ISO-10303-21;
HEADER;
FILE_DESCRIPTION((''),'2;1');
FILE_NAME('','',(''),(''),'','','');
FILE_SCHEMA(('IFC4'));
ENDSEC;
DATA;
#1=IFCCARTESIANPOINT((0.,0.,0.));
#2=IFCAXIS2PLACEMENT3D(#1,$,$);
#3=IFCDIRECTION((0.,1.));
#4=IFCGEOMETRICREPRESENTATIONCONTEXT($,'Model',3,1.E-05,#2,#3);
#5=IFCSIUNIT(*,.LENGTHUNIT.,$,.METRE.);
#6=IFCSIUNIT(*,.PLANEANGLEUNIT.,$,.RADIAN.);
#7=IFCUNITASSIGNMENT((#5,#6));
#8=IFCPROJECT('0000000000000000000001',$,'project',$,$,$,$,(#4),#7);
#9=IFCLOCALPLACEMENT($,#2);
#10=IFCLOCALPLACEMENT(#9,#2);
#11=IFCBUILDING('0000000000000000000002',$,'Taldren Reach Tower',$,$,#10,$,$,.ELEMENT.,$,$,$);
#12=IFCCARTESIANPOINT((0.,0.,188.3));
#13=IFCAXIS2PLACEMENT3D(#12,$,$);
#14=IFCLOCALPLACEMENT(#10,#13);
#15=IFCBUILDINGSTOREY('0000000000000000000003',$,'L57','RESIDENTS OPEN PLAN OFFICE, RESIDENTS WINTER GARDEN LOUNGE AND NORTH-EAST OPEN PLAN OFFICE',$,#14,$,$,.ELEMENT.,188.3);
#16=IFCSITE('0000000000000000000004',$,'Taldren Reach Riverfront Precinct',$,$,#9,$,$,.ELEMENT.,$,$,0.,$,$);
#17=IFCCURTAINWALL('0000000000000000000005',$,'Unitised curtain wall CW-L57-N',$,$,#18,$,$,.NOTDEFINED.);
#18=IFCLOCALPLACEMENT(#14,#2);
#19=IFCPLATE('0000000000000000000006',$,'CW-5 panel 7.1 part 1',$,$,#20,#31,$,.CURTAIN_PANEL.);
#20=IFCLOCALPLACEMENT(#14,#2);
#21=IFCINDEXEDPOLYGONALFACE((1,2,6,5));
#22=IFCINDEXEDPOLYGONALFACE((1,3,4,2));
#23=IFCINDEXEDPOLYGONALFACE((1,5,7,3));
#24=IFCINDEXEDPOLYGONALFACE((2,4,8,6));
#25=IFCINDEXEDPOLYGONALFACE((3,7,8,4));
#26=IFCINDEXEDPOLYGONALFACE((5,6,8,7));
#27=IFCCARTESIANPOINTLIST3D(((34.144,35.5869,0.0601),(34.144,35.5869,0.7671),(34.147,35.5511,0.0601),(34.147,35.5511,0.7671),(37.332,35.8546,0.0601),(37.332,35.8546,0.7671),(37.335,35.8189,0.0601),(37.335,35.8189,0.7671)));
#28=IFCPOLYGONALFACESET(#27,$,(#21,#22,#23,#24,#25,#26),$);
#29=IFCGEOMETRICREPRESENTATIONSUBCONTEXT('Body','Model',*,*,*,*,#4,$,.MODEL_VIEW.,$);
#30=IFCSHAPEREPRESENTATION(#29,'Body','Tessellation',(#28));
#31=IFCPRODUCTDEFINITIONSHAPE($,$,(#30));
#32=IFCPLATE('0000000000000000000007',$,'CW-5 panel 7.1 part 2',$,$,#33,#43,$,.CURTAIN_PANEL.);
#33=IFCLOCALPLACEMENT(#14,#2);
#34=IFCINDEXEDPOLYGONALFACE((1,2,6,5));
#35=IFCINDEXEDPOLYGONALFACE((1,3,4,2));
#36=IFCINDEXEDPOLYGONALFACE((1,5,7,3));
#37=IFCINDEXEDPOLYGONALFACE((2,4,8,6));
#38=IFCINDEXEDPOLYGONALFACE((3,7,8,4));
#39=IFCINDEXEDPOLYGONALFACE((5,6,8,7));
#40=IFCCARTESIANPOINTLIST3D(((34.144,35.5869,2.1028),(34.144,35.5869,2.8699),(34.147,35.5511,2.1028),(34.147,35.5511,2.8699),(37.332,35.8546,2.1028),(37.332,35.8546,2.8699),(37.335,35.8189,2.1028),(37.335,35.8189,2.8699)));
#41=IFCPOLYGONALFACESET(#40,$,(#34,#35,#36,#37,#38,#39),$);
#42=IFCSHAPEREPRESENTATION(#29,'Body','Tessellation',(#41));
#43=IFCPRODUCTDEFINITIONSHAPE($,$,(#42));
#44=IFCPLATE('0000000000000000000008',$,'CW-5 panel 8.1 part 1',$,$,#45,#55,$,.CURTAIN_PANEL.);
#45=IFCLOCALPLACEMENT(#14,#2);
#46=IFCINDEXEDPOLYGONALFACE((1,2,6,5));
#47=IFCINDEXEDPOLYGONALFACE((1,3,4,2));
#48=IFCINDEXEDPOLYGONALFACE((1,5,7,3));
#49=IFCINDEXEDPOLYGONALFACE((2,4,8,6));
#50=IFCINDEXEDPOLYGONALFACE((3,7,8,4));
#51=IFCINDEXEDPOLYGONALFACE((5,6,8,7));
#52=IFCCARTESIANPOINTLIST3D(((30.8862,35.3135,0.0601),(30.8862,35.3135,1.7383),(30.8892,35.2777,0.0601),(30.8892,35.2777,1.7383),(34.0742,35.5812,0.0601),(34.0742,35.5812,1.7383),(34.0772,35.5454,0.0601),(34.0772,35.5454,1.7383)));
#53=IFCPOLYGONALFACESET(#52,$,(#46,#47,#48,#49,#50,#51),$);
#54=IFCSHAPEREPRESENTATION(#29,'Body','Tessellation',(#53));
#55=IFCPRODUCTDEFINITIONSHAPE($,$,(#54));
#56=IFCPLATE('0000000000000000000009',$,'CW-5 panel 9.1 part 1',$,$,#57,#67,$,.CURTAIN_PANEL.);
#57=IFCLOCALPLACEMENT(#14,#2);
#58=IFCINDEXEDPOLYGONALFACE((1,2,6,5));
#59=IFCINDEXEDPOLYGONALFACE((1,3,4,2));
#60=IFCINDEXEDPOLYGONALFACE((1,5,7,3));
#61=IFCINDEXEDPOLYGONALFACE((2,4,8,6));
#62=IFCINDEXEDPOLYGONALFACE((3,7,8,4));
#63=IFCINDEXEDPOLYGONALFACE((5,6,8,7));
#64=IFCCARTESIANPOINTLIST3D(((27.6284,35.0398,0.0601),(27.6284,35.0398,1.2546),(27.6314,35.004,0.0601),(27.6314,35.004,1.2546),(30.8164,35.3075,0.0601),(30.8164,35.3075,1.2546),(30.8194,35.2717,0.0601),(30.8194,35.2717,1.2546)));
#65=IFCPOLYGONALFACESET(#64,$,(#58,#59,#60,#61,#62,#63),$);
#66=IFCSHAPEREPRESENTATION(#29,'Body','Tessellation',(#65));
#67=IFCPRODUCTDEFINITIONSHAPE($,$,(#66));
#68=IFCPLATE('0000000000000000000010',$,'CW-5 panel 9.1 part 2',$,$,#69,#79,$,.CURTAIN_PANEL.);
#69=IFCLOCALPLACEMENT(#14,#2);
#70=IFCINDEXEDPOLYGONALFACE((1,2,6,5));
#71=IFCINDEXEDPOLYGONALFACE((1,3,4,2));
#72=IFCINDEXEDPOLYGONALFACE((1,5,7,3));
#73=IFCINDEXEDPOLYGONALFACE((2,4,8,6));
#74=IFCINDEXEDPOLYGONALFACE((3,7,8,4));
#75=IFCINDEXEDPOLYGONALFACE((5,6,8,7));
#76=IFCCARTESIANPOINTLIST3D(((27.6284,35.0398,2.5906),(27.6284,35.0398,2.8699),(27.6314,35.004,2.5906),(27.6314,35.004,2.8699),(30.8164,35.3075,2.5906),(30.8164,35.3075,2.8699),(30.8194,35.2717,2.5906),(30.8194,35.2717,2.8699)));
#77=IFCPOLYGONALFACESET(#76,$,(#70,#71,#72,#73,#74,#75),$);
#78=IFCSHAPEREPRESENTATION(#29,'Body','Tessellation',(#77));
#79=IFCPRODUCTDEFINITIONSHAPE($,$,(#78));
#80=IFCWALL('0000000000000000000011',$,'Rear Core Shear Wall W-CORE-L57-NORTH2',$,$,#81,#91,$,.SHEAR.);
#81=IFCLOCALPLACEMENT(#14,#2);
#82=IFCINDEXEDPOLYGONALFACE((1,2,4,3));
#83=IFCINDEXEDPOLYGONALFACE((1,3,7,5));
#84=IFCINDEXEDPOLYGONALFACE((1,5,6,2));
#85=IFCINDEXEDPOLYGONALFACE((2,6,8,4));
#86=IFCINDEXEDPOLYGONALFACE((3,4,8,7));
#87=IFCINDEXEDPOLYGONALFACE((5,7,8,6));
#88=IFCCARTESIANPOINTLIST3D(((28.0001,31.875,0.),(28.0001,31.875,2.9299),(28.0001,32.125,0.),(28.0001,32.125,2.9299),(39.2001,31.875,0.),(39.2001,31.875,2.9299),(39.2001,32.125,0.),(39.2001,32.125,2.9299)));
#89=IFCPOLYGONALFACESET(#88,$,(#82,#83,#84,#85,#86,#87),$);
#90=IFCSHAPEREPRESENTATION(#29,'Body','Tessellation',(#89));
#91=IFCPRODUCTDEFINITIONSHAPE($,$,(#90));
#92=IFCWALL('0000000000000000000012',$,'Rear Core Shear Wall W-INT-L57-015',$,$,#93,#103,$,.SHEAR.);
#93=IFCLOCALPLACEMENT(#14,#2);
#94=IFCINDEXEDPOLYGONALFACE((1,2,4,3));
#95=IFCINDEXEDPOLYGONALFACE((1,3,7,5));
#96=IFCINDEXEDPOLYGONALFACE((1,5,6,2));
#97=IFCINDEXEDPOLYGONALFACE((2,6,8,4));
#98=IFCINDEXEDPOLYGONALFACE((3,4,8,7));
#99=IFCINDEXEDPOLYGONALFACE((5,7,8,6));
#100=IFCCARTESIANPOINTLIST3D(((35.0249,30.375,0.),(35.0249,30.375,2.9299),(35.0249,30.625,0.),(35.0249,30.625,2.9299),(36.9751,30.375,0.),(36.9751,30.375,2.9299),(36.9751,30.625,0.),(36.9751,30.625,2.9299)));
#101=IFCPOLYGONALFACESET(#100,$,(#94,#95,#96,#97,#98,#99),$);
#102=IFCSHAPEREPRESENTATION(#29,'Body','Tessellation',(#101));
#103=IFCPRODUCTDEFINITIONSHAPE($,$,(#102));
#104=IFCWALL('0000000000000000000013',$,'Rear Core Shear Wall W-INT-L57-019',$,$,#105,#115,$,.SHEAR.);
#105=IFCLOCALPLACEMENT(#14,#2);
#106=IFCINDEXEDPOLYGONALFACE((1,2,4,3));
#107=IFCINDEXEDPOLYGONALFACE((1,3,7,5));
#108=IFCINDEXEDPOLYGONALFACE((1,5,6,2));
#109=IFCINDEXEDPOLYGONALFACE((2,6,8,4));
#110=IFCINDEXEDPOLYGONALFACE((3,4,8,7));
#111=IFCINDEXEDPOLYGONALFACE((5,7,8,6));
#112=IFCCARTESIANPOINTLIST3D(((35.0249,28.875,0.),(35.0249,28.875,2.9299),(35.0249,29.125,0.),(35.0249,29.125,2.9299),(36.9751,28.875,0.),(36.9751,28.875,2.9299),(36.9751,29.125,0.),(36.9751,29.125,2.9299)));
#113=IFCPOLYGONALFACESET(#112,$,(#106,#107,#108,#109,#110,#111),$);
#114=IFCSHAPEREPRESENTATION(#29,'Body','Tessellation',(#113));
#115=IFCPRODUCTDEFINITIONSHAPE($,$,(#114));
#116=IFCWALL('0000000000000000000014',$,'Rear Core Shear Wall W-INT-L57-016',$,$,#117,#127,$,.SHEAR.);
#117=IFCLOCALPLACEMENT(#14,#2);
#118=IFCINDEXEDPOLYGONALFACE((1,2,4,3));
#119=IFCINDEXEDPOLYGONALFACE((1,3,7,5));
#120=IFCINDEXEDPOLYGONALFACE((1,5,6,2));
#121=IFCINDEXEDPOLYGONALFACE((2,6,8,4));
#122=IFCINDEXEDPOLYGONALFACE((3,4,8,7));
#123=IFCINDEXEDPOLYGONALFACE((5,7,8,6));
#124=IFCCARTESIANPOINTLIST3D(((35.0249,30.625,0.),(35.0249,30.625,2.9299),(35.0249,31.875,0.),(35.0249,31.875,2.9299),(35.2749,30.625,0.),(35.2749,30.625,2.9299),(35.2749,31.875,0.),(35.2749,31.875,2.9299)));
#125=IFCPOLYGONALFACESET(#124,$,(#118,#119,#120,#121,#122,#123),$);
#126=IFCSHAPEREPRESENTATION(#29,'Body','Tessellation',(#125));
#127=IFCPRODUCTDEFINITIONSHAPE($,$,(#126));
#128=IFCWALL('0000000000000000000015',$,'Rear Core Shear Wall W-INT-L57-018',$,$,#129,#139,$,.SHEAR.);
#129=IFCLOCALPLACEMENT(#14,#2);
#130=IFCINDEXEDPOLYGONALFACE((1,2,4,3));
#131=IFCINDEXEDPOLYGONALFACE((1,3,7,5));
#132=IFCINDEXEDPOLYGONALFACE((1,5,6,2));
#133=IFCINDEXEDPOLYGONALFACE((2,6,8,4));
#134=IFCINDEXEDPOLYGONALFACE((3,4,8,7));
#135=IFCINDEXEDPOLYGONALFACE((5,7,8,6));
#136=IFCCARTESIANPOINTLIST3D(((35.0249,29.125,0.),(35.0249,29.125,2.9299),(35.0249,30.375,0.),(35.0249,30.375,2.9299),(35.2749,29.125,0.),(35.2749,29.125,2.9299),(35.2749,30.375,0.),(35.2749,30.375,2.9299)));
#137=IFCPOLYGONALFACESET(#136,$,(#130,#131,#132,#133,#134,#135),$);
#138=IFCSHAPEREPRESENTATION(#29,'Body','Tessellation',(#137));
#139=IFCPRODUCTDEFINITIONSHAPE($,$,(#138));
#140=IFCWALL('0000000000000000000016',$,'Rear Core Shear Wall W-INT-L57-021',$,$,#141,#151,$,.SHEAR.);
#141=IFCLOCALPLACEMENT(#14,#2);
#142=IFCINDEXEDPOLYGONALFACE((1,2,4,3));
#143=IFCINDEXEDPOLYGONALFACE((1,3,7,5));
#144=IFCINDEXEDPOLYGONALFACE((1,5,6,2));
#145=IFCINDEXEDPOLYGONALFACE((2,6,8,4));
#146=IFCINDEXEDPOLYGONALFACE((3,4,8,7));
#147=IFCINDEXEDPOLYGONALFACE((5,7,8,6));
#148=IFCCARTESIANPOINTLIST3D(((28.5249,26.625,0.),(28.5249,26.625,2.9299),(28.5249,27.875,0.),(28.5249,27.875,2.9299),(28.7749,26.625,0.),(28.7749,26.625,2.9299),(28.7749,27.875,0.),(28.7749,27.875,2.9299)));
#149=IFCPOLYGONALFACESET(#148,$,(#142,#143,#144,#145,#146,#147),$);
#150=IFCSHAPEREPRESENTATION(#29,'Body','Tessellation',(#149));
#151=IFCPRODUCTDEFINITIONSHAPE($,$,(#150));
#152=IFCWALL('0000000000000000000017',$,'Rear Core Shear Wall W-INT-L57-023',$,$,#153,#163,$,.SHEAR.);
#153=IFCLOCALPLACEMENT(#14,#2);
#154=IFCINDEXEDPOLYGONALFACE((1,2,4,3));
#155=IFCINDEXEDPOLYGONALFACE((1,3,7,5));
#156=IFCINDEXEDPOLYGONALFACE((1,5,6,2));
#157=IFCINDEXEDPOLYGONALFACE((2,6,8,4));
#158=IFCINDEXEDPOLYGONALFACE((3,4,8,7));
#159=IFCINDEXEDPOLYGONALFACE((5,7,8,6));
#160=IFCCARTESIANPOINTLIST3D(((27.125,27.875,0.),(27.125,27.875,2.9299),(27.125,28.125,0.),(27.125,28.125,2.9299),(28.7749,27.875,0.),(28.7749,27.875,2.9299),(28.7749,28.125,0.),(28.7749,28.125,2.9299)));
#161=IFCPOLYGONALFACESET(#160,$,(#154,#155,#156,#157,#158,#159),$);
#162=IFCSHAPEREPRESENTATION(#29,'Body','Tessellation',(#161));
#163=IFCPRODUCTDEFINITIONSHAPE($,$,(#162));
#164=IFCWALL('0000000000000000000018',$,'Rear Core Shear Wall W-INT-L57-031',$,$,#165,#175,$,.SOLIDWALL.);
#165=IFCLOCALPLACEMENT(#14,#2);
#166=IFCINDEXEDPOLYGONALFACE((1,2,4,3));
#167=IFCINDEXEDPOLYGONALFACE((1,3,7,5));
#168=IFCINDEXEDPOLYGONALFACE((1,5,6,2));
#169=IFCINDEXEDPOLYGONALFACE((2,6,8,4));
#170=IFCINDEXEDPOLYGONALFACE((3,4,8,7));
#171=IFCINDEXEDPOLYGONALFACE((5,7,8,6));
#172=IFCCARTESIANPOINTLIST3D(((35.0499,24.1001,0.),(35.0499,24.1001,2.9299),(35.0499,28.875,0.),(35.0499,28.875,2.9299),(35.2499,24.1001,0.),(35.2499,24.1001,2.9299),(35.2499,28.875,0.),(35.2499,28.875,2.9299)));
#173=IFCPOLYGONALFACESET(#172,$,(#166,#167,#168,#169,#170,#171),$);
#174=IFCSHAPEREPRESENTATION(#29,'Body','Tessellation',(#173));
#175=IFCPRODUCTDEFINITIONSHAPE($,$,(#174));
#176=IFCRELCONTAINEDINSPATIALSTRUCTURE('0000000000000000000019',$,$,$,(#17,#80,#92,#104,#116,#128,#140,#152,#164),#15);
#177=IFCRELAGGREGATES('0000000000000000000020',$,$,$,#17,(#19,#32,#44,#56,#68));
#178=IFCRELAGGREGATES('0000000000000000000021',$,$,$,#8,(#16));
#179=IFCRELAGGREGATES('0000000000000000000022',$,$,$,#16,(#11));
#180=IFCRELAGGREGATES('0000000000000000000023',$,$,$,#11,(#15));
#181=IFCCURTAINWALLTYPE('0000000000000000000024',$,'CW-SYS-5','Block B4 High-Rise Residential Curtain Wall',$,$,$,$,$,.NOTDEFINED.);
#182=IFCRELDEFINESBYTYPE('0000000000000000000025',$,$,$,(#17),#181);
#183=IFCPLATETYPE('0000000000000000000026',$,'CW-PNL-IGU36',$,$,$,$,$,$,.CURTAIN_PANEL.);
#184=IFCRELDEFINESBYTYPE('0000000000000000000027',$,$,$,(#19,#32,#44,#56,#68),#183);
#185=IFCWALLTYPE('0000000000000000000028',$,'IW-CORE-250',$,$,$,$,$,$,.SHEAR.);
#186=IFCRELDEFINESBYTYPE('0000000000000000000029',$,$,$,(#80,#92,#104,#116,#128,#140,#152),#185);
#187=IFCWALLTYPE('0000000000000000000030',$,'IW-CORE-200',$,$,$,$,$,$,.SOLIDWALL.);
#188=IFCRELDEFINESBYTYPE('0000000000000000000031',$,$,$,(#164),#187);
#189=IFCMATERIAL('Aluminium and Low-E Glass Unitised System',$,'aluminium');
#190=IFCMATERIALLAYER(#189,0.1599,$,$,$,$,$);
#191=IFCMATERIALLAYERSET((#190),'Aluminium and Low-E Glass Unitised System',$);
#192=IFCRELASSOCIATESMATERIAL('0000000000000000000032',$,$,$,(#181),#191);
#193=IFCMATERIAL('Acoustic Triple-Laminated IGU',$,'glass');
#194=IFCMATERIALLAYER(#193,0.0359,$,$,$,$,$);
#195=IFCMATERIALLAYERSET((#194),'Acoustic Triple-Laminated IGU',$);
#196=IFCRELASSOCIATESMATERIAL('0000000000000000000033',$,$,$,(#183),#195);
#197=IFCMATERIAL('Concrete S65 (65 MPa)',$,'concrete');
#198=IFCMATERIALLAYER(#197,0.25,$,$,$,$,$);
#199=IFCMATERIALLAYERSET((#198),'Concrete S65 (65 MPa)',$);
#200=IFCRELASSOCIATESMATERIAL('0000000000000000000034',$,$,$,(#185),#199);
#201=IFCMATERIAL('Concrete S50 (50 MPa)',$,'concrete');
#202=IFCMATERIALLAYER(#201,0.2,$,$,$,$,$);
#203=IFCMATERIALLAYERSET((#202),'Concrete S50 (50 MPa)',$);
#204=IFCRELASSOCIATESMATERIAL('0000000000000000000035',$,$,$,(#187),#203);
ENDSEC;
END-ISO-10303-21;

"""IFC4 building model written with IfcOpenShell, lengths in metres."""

from ifc_helpers import new_model, si_unit, direction, frame, frame_2d, origin, origin_2d, place, context, subcontext, project, spatial, rectangle, extrude, source, transform, mapped, material, layer, layer_set, type_object, element, aggregate, save


model = new_model("IFC4")

# Units and contexts
model_context = context("Model", 3, precision=1e-05, world=origin(), true_north=direction((0.0, 1.0)))
body_context = subcontext(model_context, "Body", "Model", "MODEL_VIEW")
ifc_project = project(units=[si_unit("LENGTHUNIT", "METRE"), si_unit("PLANEANGLEUNIT", "RADIAN")], contexts=[model_context])

# Site, building, storey
site_placement = place(None, origin())
site = spatial("IfcSite", under=ifc_project, at=site_placement, Name="Taldren Reach Riverfront Precinct", CompositionType="ELEMENT", RefElevation=0.0)
building_placement = place(site_placement, origin())
building = spatial("IfcBuilding", under=site, at=building_placement, Name="Taldren Reach Tower", CompositionType="ELEMENT")
storey_placement = place(building_placement, frame((0.0, 0.0, 188.3)))
storey = spatial("IfcBuildingStorey", under=building, at=storey_placement, Name="L57", Description="RESIDENTS OPEN PLAN OFFICE, RESIDENTS WINTER GARDEN LOUNGE AND NORTH-EAST OPEN PLAN OFFICE", CompositionType="ELEMENT", Elevation=188.3)

# Curtain wall
ifc_material_1 = material(Name="Aluminium and Low-E Glass Unitised System", Category="aluminium")
ifc_layer_1 = layer(ifc_material_1, 0.1599)
ifc_layer_set_1 = layer_set([ifc_layer_1], Name="Aluminium and Low-E Glass Unitised System")
curtain_wall_type = type_object("IfcCurtainWallType", Name="CW-SYS-5", Description="Block B4 High-Rise Residential Curtain Wall", PredefinedType="NOTDEFINED", material=ifc_layer_set_1)
curtain_wall_placement = place(storey_placement, origin())
curtain_wall = element("IfcCurtainWall", 1, at=curtain_wall_placement, inside=storey, type_object=curtain_wall_type, Name="Unitised curtain wall CW-L57-N", PredefinedType="NOTDEFINED")

# Plates
ifc_material_2 = material(Name="Acoustic Triple-Laminated IGU", Category="glass")
ifc_layer_2 = layer(ifc_material_2, 0.0359)
ifc_layer_set_2 = layer_set([ifc_layer_2], Name="Acoustic Triple-Laminated IGU")
plate_type_1 = type_object("IfcPlateType", Name="CW-PNL-IGU36", PredefinedType="CURTAIN_PANEL", material=ifc_layer_set_2)
shared_shape_1 = source(origin(), body_context, "Body", "SweptSolid", [
    extrude(rectangle(XDim=3.1992, YDim=0.0359, at=origin_2d()), origin(), (0.0, 0.0, 1.0), 0.707),
])
plate_1_placement = place(storey_placement, frame((35.7395, 35.7029, 0.0601), z_axis=(0.0, 0.0, 1.0), x_axis=(-0.996493, -0.083678, 0.0)))
plate_1 = element("IfcPlate", 2, at=plate_1_placement, type_object=plate_type_1, Name="CW-5 panel 7.1 part 1", PredefinedType="CURTAIN_PANEL", context=body_context, shape_type="MappedRepresentation", body=[
    mapped(shared_shape_1, transform((0.0, 0.0, 0.0), scale=1.0)),
])
shared_shape_2 = source(origin(), body_context, "Body", "SweptSolid", [
    extrude(rectangle(XDim=3.1992, YDim=0.0359, at=origin_2d()), origin(), (0.0, 0.0, 1.0), 0.7671),
])
plate_2_placement = place(storey_placement, frame((35.7395, 35.7029, 2.1028), z_axis=(0.0, 0.0, 1.0), x_axis=(-0.996493, -0.083678, 0.0)))
plate_2 = element("IfcPlate", 3, at=plate_2_placement, type_object=plate_type_1, Name="CW-5 panel 7.1 part 2", PredefinedType="CURTAIN_PANEL", context=body_context, shape_type="MappedRepresentation", body=[
    mapped(shared_shape_2, transform((0.0, 0.0, 0.0), scale=1.0)),
])
shared_shape_3 = source(origin(), body_context, "Body", "SweptSolid", [
    extrude(rectangle(XDim=3.1992, YDim=0.0359, at=origin_2d()), origin(), (0.0, 0.0, 1.0), 1.6782),
])
plate_3_placement = place(storey_placement, frame((32.4817, 35.4294, 0.0601), z_axis=(0.0, 0.0, 1.0), x_axis=(-0.996493, -0.083678, 0.0)))
plate_3 = element("IfcPlate", 4, at=plate_3_placement, type_object=plate_type_1, Name="CW-5 panel 8.1 part 1", PredefinedType="CURTAIN_PANEL", context=body_context, shape_type="MappedRepresentation", body=[
    mapped(shared_shape_3, transform((0.0, 0.0, 0.0), scale=1.0)),
])
shared_shape_4 = source(origin(), body_context, "Body", "SweptSolid", [
    extrude(rectangle(XDim=3.1992, YDim=0.0359, at=origin_2d()), origin(), (0.0, 0.0, 1.0), 1.1946),
])
plate_4_placement = place(storey_placement, frame((29.2239, 35.1558, 0.0601), z_axis=(0.0, 0.0, 1.0), x_axis=(-0.996493, -0.083678, 0.0)))
plate_4 = element("IfcPlate", 5, at=plate_4_placement, type_object=plate_type_1, Name="CW-5 panel 9.1 part 1", PredefinedType="CURTAIN_PANEL", context=body_context, shape_type="MappedRepresentation", body=[
    mapped(shared_shape_4, transform((0.0, 0.0, 0.0), scale=1.0)),
])
shared_shape_5 = source(origin(), body_context, "Body", "SweptSolid", [
    extrude(rectangle(XDim=3.1992, YDim=0.0359, at=origin_2d()), origin(), (0.0, 0.0, 1.0), 0.2793),
])
plate_5_placement = place(storey_placement, frame((29.2239, 35.1558, 2.5906), z_axis=(0.0, 0.0, 1.0), x_axis=(-0.996493, -0.083678, 0.0)))
plate_5 = element("IfcPlate", 6, at=plate_5_placement, type_object=plate_type_1, Name="CW-5 panel 9.1 part 2", PredefinedType="CURTAIN_PANEL", context=body_context, shape_type="MappedRepresentation", body=[
    mapped(shared_shape_5, transform((0.0, 0.0, 0.0), scale=1.0)),
])
aggregate(curtain_wall, [plate_1, plate_2, plate_3, plate_4, plate_5])

# Walls
ifc_material_3 = material(Name="Concrete S65 (65 MPa)", Category="concrete")
ifc_layer_3 = layer(ifc_material_3, 0.25)
ifc_layer_set_3 = layer_set([ifc_layer_3], Name="Concrete S65 (65 MPa)")
wall_type_1 = type_object("IfcWallType", Name="IW-CORE-250", PredefinedType="SHEAR", material=ifc_layer_set_3)
shared_shape_6 = source(origin(), body_context, "Body", "SweptSolid", [
    extrude(rectangle(XDim=11.2, YDim=0.25, at=frame_2d((5.6001, 0.0))), origin(), (0.0, 0.0, 1.0), 2.9299),
])
wall_1_placement = place(storey_placement, frame((28.0, 32.0, 0.0), z_axis=(0.0, 0.0, 1.0), x_axis=(1.0, 0.0, 0.0)))
element("IfcWall", 7, at=wall_1_placement, inside=storey, type_object=wall_type_1, Name="Rear Core Shear Wall W-CORE-L57-NORTH2", PredefinedType="SHEAR", context=body_context, shape_type="MappedRepresentation", body=[
    mapped(shared_shape_6, transform((0.0, 0.0, 0.0), scale=1.0)),
])
shared_shape_7 = source(origin(), body_context, "Body", "SweptSolid", [
    extrude(rectangle(XDim=1.9502, YDim=0.25, at=frame_2d((0.9751, 0.0))), origin(), (0.0, 0.0, 1.0), 2.9299),
])
for number, where, z_axis, x_axis, name in (
    (8, (35.0249, 30.5, 0.0), (0.0, 0.0, 1.0), (1.0, 0.0, 0.0), "Rear Core Shear Wall W-INT-L57-015"),
    (9, (35.0249, 29.0, 0.0), (0.0, 0.0, 1.0), (1.0, 0.0, 0.0), "Rear Core Shear Wall W-INT-L57-019"),
):
    element("IfcWall", number, at=place(storey_placement, frame(where, z_axis=z_axis, x_axis=x_axis)), inside=storey, type_object=wall_type_1, Name=name, PredefinedType="SHEAR", context=body_context, shape_type="MappedRepresentation", body=[
        mapped(shared_shape_7, transform((0.0, 0.0, 0.0), scale=1.0)),
    ])
shared_shape_8 = source(origin(), body_context, "Body", "SweptSolid", [
    extrude(rectangle(XDim=1.25, YDim=0.25, at=frame_2d((0.625, 0.0))), origin(), (0.0, 0.0, 1.0), 2.9299),
])
for number, where, z_axis, x_axis, name in (
    (10, (35.1499, 31.875, 0.0), (0.0, 0.0, 1.0), (0.0, -1.0, 0.0), "Rear Core Shear Wall W-INT-L57-016"),
    (11, (35.1499, 30.375, 0.0), (0.0, 0.0, 1.0), (0.0, -1.0, 0.0), "Rear Core Shear Wall W-INT-L57-018"),
    (12, (28.6499, 26.625, 0.0), (0.0, 0.0, 1.0), (0.0, 1.0, 0.0), "Rear Core Shear Wall W-INT-L57-021"),
):
    element("IfcWall", number, at=place(storey_placement, frame(where, z_axis=z_axis, x_axis=x_axis)), inside=storey, type_object=wall_type_1, Name=name, PredefinedType="SHEAR", context=body_context, shape_type="MappedRepresentation", body=[
        mapped(shared_shape_8, transform((0.0, 0.0, 0.0), scale=1.0)),
    ])
shared_shape_9 = source(origin(), body_context, "Body", "SweptSolid", [
    extrude(rectangle(XDim=1.6499, YDim=0.25, at=frame_2d((0.825, 0.0))), origin(), (0.0, 0.0, 1.0), 2.9299),
])
wall_2_placement = place(storey_placement, frame((28.7749, 28.0, 0.0), z_axis=(0.0, 0.0, 1.0), x_axis=(-1.0, 0.0, 0.0)))
element("IfcWall", 13, at=wall_2_placement, inside=storey, type_object=wall_type_1, Name="Rear Core Shear Wall W-INT-L57-023", PredefinedType="SHEAR", context=body_context, shape_type="MappedRepresentation", body=[
    mapped(shared_shape_9, transform((0.0, 0.0, 0.0), scale=1.0)),
])
ifc_material_4 = material(Name="Concrete S50 (50 MPa)", Category="concrete")
ifc_layer_4 = layer(ifc_material_4, 0.2)
ifc_layer_set_4 = layer_set([ifc_layer_4], Name="Concrete S50 (50 MPa)")
wall_type_2 = type_object("IfcWallType", Name="IW-CORE-200", PredefinedType="SOLIDWALL", material=ifc_layer_set_4)
shared_shape_10 = source(origin(), body_context, "Body", "SweptSolid", [
    extrude(rectangle(XDim=4.7749, YDim=0.2, at=frame_2d((2.3875, 0.0))), origin(), (0.0, 0.0, 1.0), 2.9299),
])
wall_3_placement = place(storey_placement, frame((35.1499, 28.875, 0.0), z_axis=(0.0, 0.0, 1.0), x_axis=(0.0, -1.0, 0.0)))
element("IfcWall", 14, at=wall_3_placement, inside=storey, type_object=wall_type_2, Name="Rear Core Shear Wall W-INT-L57-031", PredefinedType="SOLIDWALL", context=body_context, shape_type="MappedRepresentation", body=[
    mapped(shared_shape_10, transform((0.0, 0.0, 0.0), scale=1.0)),
])

save(model, "model.ifc")
